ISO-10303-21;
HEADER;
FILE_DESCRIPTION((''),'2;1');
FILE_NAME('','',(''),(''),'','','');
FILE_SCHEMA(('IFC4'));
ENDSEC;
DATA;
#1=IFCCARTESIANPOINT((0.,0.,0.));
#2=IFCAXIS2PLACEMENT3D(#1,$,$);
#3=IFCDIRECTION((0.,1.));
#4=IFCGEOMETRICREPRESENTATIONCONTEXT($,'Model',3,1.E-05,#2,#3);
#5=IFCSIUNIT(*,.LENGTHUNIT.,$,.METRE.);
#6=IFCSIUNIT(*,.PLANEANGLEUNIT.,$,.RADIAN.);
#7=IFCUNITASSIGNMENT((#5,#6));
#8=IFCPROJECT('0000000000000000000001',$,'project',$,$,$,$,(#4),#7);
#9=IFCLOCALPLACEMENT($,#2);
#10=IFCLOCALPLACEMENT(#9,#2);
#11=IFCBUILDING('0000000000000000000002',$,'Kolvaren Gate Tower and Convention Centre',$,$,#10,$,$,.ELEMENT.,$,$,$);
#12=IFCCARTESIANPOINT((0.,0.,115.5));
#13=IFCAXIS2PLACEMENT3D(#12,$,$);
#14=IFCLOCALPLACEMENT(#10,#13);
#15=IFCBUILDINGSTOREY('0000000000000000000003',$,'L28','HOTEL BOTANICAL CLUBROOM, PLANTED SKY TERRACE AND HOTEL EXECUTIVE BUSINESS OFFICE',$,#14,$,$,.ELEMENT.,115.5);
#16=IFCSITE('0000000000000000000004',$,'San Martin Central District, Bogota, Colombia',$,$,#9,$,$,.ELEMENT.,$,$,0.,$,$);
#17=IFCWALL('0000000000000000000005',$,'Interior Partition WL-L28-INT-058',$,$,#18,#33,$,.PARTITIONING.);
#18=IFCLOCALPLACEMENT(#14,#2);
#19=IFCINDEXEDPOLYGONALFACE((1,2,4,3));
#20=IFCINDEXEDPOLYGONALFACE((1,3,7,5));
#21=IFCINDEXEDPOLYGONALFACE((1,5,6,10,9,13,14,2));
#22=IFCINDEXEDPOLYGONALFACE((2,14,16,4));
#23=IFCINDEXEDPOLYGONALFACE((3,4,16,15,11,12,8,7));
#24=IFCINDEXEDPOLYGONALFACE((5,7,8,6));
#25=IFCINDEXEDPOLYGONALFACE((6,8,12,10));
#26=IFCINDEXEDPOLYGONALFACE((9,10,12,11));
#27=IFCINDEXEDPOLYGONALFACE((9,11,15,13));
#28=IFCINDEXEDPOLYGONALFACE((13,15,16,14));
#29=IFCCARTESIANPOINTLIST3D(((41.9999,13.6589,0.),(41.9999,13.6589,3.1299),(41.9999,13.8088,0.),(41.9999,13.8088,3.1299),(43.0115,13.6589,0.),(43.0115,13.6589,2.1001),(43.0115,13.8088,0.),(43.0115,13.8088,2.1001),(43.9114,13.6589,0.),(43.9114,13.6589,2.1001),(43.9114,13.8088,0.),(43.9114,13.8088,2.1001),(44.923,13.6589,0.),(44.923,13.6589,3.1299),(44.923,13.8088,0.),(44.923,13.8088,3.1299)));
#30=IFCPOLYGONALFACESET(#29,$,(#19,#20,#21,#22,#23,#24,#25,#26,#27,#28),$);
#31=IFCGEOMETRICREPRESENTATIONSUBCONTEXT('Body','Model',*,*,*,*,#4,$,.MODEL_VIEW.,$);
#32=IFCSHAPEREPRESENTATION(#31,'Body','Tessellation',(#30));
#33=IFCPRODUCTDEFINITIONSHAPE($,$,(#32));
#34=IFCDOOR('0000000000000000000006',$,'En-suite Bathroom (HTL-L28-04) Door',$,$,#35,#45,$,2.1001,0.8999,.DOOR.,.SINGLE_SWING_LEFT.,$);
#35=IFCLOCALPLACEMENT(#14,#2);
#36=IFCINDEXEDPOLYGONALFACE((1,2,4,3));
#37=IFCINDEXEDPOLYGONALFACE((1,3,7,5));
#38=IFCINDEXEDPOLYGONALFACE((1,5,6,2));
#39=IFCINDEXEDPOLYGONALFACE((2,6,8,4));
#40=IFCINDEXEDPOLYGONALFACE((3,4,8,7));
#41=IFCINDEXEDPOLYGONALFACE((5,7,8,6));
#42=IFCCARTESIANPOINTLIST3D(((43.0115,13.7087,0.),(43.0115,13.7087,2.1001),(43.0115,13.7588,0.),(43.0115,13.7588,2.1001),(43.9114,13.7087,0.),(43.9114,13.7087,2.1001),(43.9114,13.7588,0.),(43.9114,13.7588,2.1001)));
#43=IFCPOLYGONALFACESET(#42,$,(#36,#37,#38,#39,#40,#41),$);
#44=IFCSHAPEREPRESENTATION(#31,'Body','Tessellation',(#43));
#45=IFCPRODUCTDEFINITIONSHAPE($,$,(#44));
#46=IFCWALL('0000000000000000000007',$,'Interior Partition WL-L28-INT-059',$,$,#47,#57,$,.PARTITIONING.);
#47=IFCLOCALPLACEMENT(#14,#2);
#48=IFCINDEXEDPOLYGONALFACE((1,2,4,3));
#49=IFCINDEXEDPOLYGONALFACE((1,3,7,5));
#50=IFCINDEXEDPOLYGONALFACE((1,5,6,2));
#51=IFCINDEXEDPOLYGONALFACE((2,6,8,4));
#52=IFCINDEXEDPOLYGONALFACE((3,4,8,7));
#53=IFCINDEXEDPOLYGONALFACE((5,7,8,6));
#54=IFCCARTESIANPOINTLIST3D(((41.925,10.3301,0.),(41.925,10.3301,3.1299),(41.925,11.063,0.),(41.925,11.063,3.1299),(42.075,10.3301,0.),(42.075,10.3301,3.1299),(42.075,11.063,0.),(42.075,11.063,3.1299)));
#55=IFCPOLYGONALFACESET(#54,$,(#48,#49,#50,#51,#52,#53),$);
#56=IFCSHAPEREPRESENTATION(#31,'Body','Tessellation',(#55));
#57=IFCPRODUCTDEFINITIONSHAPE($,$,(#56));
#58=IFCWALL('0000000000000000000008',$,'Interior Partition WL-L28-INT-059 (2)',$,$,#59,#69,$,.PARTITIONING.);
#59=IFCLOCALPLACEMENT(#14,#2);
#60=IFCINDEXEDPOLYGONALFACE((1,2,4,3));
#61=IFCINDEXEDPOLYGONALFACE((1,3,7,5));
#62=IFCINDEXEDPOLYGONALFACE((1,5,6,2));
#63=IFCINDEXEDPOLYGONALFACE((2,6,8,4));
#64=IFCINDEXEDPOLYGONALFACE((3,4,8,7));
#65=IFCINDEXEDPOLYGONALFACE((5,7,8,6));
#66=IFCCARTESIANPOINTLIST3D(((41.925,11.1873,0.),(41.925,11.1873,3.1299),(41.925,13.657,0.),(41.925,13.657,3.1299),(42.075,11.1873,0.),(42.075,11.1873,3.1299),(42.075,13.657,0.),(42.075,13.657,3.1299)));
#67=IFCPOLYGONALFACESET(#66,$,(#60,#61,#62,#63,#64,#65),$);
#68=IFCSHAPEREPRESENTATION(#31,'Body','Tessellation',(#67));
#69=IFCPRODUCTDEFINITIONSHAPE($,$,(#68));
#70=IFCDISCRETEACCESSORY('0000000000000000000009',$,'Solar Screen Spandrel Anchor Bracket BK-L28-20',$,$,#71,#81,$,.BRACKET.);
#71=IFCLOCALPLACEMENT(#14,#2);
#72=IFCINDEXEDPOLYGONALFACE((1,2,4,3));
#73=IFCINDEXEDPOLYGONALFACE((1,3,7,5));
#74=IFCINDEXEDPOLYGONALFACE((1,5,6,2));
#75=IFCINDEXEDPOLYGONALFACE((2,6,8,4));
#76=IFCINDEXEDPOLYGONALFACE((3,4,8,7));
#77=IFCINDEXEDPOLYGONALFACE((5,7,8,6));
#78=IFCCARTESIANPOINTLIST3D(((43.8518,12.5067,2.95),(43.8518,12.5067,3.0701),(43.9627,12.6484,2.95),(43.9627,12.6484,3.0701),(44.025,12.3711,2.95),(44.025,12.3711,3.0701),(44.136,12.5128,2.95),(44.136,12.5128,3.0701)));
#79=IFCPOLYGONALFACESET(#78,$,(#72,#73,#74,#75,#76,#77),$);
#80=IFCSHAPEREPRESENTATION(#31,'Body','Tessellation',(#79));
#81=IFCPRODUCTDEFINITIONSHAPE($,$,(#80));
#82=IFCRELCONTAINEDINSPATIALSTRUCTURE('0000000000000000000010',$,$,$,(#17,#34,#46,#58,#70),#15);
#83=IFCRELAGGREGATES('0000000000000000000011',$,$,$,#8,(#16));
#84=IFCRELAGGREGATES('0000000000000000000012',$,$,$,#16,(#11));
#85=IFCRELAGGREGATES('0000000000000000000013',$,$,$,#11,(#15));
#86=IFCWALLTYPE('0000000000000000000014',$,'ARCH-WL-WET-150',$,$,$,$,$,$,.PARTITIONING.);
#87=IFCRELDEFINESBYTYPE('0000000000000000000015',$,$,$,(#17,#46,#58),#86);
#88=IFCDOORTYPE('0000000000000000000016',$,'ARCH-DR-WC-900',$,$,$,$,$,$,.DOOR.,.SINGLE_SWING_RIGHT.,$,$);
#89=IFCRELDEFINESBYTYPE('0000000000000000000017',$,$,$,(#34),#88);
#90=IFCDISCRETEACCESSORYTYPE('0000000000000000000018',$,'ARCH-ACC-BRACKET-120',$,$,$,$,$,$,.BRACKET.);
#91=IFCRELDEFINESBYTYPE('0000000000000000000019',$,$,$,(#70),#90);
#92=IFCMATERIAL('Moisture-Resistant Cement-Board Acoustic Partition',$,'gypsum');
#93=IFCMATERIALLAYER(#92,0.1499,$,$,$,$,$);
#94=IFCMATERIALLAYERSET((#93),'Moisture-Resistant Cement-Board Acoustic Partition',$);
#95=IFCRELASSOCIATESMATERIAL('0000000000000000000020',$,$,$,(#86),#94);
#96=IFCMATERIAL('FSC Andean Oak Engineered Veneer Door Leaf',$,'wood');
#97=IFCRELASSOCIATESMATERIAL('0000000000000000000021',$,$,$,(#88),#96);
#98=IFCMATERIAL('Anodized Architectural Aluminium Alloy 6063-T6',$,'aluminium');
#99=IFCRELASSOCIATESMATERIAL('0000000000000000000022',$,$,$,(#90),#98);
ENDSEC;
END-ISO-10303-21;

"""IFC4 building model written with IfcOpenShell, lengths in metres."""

from ifc_helpers import new_model, si_unit, direction, frame, frame_2d, origin, origin_2d, place, context, subcontext, project, spatial, rectangle, extrude, material, layer, layer_set, type_object, element, fill, save


model = new_model("IFC4")

# Units and contexts
model_context = context("Model", 3, precision=1e-05, world=origin(), true_north=direction((0.0, 1.0)))
body_context = subcontext(model_context, "Body", "Model", "MODEL_VIEW")
ifc_project = project(units=[si_unit("LENGTHUNIT", "METRE"), si_unit("PLANEANGLEUNIT", "RADIAN")], contexts=[model_context])

# Site, building, storey
site_placement = place(None, origin())
site = spatial("IfcSite", under=ifc_project, at=site_placement, Name="San Martin Central District, Bogota, Colombia", CompositionType="ELEMENT", RefElevation=0.0)
building_placement = place(site_placement, origin())
building = spatial("IfcBuilding", under=site, at=building_placement, Name="Kolvaren Gate Tower and Convention Centre", CompositionType="ELEMENT")
storey_placement = place(building_placement, frame((0.0, 0.0, 115.5)))
storey = spatial("IfcBuildingStorey", under=building, at=storey_placement, Name="L28", Description="HOTEL BOTANICAL CLUBROOM, PLANTED SKY TERRACE AND HOTEL EXECUTIVE BUSINESS OFFICE", CompositionType="ELEMENT", Elevation=115.5)

# Shared definitions
ifc_material_1 = material(Name="Anodized Architectural Aluminium Alloy 6063-T6", Category="aluminium")

# Wall, opening, door
ifc_material_2 = material(Name="Moisture-Resistant Cement-Board Acoustic Partition", Category="gypsum")
ifc_layer_1 = layer(ifc_material_2, 0.1499)
ifc_layer_set_1 = layer_set([ifc_layer_1], Name="Moisture-Resistant Cement-Board Acoustic Partition")
wall_type_1 = type_object("IfcWallType", Name="ARCH-WL-WET-150", PredefinedType="PARTITIONING", material=ifc_layer_set_1)
wall_1_placement = place(storey_placement, frame((42.0, 13.7339, 0.0), z_axis=(0.0, 0.0, 1.0), x_axis=(1.0, 0.0, 0.0)))
wall_1 = element("IfcWall", 1, at=wall_1_placement, inside=storey, type_object=wall_type_1, Name="Interior Partition WL-L28-INT-058", PredefinedType="PARTITIONING", context=body_context, shape_type="SweptSolid", body=[
    extrude(rectangle(XDim=2.9231, YDim=0.1499, at=frame_2d((1.4614, 0.0))), origin(), (0.0, 0.0, 1.0), 3.1299),
])
opening_1_placement = place(wall_1_placement, frame((1.0115, 0.0, 0.0)))
opening_1 = element("IfcOpeningElement", 2, at=opening_1_placement, cuts=wall_1, PredefinedType="OPENING", context=body_context, shape_type="SweptSolid", body=[
    extrude(rectangle(XDim=0.8999, YDim=2.1001, at=frame_2d((0.45, 1.05))), frame((0.0, 0.085, 0.0), z_axis=(0.0, -1.0, 0.0), x_axis=(1.0, 0.0, 0.0)), (0.0, 0.0, 1.0), 0.1699),
])
ifc_material_3 = material(Name="FSC Andean Oak Engineered Veneer Door Leaf", Category="wood")
door_type_1 = type_object("IfcDoorType", Name="ARCH-DR-WC-900", OperationType="SINGLE_SWING_RIGHT", PredefinedType="DOOR", material=ifc_material_3)
door_1_placement = place(opening_1_placement, origin())
door_1 = element("IfcDoor", 3, at=door_1_placement, inside=storey, type_object=door_type_1, Name="En-suite Bathroom (HTL-L28-04) Door", OperationType="SINGLE_SWING_LEFT", OverallHeight=2.1001, OverallWidth=0.8999, PredefinedType="DOOR", context=body_context, shape_type="SweptSolid", body=[
    extrude(rectangle(XDim=0.8999, YDim=2.1001, at=frame_2d((0.45, 1.05))), frame((0.0, 0.0249, 0.0), z_axis=(0.0, -1.0, 0.0), x_axis=(1.0, 0.0, 0.0)), (0.0, 0.0, 1.0), 0.05),
])
fill(opening_1, door_1)

# Walls
wall_2_placement = place(storey_placement, frame((42.0, 10.3301, 0.0), z_axis=(0.0, 0.0, 1.0), x_axis=(0.0, 1.0, 0.0)))
element("IfcWall", 4, at=wall_2_placement, inside=storey, type_object=wall_type_1, Name="Interior Partition WL-L28-INT-059", PredefinedType="PARTITIONING", context=body_context, shape_type="SweptSolid", body=[
    extrude(rectangle(XDim=0.7329, YDim=0.1499, at=frame_2d((0.3665, 0.0))), origin(), (0.0, 0.0, 1.0), 3.1299),
])
wall_3_placement = place(storey_placement, frame((42.0, 11.1873, 0.0), z_axis=(0.0, 0.0, 1.0), x_axis=(0.0, 1.0, 0.0)))
element("IfcWall", 5, at=wall_3_placement, inside=storey, type_object=wall_type_1, Name="Interior Partition WL-L28-INT-059 (2)", PredefinedType="PARTITIONING", context=body_context, shape_type="SweptSolid", body=[
    extrude(rectangle(XDim=2.4697, YDim=0.1499, at=frame_2d((1.2349, 0.0))), origin(), (0.0, 0.0, 1.0), 3.1299),
])

# Discrete accessory
discrete_accessory_type = type_object("IfcDiscreteAccessoryType", Name="ARCH-ACC-BRACKET-120", PredefinedType="BRACKET", material=ifc_material_1)
discrete_accessory_placement = place(storey_placement, frame((43.9939, 12.5098, 2.95), z_axis=(0.0, 0.0, 1.0), x_axis=(0.616424, 0.787414, 0.0)))
element("IfcDiscreteAccessory", 6, at=discrete_accessory_placement, inside=storey, type_object=discrete_accessory_type, Name="Solar Screen Spandrel Anchor Bracket BK-L28-20", PredefinedType="BRACKET", context=body_context, shape_type="SweptSolid", body=[
    extrude(rectangle(XDim=0.1799, YDim=0.22, at=origin_2d()), origin(), (0.0, 0.0, 1.0), 0.1201),
])

save(model, "model.ifc")
